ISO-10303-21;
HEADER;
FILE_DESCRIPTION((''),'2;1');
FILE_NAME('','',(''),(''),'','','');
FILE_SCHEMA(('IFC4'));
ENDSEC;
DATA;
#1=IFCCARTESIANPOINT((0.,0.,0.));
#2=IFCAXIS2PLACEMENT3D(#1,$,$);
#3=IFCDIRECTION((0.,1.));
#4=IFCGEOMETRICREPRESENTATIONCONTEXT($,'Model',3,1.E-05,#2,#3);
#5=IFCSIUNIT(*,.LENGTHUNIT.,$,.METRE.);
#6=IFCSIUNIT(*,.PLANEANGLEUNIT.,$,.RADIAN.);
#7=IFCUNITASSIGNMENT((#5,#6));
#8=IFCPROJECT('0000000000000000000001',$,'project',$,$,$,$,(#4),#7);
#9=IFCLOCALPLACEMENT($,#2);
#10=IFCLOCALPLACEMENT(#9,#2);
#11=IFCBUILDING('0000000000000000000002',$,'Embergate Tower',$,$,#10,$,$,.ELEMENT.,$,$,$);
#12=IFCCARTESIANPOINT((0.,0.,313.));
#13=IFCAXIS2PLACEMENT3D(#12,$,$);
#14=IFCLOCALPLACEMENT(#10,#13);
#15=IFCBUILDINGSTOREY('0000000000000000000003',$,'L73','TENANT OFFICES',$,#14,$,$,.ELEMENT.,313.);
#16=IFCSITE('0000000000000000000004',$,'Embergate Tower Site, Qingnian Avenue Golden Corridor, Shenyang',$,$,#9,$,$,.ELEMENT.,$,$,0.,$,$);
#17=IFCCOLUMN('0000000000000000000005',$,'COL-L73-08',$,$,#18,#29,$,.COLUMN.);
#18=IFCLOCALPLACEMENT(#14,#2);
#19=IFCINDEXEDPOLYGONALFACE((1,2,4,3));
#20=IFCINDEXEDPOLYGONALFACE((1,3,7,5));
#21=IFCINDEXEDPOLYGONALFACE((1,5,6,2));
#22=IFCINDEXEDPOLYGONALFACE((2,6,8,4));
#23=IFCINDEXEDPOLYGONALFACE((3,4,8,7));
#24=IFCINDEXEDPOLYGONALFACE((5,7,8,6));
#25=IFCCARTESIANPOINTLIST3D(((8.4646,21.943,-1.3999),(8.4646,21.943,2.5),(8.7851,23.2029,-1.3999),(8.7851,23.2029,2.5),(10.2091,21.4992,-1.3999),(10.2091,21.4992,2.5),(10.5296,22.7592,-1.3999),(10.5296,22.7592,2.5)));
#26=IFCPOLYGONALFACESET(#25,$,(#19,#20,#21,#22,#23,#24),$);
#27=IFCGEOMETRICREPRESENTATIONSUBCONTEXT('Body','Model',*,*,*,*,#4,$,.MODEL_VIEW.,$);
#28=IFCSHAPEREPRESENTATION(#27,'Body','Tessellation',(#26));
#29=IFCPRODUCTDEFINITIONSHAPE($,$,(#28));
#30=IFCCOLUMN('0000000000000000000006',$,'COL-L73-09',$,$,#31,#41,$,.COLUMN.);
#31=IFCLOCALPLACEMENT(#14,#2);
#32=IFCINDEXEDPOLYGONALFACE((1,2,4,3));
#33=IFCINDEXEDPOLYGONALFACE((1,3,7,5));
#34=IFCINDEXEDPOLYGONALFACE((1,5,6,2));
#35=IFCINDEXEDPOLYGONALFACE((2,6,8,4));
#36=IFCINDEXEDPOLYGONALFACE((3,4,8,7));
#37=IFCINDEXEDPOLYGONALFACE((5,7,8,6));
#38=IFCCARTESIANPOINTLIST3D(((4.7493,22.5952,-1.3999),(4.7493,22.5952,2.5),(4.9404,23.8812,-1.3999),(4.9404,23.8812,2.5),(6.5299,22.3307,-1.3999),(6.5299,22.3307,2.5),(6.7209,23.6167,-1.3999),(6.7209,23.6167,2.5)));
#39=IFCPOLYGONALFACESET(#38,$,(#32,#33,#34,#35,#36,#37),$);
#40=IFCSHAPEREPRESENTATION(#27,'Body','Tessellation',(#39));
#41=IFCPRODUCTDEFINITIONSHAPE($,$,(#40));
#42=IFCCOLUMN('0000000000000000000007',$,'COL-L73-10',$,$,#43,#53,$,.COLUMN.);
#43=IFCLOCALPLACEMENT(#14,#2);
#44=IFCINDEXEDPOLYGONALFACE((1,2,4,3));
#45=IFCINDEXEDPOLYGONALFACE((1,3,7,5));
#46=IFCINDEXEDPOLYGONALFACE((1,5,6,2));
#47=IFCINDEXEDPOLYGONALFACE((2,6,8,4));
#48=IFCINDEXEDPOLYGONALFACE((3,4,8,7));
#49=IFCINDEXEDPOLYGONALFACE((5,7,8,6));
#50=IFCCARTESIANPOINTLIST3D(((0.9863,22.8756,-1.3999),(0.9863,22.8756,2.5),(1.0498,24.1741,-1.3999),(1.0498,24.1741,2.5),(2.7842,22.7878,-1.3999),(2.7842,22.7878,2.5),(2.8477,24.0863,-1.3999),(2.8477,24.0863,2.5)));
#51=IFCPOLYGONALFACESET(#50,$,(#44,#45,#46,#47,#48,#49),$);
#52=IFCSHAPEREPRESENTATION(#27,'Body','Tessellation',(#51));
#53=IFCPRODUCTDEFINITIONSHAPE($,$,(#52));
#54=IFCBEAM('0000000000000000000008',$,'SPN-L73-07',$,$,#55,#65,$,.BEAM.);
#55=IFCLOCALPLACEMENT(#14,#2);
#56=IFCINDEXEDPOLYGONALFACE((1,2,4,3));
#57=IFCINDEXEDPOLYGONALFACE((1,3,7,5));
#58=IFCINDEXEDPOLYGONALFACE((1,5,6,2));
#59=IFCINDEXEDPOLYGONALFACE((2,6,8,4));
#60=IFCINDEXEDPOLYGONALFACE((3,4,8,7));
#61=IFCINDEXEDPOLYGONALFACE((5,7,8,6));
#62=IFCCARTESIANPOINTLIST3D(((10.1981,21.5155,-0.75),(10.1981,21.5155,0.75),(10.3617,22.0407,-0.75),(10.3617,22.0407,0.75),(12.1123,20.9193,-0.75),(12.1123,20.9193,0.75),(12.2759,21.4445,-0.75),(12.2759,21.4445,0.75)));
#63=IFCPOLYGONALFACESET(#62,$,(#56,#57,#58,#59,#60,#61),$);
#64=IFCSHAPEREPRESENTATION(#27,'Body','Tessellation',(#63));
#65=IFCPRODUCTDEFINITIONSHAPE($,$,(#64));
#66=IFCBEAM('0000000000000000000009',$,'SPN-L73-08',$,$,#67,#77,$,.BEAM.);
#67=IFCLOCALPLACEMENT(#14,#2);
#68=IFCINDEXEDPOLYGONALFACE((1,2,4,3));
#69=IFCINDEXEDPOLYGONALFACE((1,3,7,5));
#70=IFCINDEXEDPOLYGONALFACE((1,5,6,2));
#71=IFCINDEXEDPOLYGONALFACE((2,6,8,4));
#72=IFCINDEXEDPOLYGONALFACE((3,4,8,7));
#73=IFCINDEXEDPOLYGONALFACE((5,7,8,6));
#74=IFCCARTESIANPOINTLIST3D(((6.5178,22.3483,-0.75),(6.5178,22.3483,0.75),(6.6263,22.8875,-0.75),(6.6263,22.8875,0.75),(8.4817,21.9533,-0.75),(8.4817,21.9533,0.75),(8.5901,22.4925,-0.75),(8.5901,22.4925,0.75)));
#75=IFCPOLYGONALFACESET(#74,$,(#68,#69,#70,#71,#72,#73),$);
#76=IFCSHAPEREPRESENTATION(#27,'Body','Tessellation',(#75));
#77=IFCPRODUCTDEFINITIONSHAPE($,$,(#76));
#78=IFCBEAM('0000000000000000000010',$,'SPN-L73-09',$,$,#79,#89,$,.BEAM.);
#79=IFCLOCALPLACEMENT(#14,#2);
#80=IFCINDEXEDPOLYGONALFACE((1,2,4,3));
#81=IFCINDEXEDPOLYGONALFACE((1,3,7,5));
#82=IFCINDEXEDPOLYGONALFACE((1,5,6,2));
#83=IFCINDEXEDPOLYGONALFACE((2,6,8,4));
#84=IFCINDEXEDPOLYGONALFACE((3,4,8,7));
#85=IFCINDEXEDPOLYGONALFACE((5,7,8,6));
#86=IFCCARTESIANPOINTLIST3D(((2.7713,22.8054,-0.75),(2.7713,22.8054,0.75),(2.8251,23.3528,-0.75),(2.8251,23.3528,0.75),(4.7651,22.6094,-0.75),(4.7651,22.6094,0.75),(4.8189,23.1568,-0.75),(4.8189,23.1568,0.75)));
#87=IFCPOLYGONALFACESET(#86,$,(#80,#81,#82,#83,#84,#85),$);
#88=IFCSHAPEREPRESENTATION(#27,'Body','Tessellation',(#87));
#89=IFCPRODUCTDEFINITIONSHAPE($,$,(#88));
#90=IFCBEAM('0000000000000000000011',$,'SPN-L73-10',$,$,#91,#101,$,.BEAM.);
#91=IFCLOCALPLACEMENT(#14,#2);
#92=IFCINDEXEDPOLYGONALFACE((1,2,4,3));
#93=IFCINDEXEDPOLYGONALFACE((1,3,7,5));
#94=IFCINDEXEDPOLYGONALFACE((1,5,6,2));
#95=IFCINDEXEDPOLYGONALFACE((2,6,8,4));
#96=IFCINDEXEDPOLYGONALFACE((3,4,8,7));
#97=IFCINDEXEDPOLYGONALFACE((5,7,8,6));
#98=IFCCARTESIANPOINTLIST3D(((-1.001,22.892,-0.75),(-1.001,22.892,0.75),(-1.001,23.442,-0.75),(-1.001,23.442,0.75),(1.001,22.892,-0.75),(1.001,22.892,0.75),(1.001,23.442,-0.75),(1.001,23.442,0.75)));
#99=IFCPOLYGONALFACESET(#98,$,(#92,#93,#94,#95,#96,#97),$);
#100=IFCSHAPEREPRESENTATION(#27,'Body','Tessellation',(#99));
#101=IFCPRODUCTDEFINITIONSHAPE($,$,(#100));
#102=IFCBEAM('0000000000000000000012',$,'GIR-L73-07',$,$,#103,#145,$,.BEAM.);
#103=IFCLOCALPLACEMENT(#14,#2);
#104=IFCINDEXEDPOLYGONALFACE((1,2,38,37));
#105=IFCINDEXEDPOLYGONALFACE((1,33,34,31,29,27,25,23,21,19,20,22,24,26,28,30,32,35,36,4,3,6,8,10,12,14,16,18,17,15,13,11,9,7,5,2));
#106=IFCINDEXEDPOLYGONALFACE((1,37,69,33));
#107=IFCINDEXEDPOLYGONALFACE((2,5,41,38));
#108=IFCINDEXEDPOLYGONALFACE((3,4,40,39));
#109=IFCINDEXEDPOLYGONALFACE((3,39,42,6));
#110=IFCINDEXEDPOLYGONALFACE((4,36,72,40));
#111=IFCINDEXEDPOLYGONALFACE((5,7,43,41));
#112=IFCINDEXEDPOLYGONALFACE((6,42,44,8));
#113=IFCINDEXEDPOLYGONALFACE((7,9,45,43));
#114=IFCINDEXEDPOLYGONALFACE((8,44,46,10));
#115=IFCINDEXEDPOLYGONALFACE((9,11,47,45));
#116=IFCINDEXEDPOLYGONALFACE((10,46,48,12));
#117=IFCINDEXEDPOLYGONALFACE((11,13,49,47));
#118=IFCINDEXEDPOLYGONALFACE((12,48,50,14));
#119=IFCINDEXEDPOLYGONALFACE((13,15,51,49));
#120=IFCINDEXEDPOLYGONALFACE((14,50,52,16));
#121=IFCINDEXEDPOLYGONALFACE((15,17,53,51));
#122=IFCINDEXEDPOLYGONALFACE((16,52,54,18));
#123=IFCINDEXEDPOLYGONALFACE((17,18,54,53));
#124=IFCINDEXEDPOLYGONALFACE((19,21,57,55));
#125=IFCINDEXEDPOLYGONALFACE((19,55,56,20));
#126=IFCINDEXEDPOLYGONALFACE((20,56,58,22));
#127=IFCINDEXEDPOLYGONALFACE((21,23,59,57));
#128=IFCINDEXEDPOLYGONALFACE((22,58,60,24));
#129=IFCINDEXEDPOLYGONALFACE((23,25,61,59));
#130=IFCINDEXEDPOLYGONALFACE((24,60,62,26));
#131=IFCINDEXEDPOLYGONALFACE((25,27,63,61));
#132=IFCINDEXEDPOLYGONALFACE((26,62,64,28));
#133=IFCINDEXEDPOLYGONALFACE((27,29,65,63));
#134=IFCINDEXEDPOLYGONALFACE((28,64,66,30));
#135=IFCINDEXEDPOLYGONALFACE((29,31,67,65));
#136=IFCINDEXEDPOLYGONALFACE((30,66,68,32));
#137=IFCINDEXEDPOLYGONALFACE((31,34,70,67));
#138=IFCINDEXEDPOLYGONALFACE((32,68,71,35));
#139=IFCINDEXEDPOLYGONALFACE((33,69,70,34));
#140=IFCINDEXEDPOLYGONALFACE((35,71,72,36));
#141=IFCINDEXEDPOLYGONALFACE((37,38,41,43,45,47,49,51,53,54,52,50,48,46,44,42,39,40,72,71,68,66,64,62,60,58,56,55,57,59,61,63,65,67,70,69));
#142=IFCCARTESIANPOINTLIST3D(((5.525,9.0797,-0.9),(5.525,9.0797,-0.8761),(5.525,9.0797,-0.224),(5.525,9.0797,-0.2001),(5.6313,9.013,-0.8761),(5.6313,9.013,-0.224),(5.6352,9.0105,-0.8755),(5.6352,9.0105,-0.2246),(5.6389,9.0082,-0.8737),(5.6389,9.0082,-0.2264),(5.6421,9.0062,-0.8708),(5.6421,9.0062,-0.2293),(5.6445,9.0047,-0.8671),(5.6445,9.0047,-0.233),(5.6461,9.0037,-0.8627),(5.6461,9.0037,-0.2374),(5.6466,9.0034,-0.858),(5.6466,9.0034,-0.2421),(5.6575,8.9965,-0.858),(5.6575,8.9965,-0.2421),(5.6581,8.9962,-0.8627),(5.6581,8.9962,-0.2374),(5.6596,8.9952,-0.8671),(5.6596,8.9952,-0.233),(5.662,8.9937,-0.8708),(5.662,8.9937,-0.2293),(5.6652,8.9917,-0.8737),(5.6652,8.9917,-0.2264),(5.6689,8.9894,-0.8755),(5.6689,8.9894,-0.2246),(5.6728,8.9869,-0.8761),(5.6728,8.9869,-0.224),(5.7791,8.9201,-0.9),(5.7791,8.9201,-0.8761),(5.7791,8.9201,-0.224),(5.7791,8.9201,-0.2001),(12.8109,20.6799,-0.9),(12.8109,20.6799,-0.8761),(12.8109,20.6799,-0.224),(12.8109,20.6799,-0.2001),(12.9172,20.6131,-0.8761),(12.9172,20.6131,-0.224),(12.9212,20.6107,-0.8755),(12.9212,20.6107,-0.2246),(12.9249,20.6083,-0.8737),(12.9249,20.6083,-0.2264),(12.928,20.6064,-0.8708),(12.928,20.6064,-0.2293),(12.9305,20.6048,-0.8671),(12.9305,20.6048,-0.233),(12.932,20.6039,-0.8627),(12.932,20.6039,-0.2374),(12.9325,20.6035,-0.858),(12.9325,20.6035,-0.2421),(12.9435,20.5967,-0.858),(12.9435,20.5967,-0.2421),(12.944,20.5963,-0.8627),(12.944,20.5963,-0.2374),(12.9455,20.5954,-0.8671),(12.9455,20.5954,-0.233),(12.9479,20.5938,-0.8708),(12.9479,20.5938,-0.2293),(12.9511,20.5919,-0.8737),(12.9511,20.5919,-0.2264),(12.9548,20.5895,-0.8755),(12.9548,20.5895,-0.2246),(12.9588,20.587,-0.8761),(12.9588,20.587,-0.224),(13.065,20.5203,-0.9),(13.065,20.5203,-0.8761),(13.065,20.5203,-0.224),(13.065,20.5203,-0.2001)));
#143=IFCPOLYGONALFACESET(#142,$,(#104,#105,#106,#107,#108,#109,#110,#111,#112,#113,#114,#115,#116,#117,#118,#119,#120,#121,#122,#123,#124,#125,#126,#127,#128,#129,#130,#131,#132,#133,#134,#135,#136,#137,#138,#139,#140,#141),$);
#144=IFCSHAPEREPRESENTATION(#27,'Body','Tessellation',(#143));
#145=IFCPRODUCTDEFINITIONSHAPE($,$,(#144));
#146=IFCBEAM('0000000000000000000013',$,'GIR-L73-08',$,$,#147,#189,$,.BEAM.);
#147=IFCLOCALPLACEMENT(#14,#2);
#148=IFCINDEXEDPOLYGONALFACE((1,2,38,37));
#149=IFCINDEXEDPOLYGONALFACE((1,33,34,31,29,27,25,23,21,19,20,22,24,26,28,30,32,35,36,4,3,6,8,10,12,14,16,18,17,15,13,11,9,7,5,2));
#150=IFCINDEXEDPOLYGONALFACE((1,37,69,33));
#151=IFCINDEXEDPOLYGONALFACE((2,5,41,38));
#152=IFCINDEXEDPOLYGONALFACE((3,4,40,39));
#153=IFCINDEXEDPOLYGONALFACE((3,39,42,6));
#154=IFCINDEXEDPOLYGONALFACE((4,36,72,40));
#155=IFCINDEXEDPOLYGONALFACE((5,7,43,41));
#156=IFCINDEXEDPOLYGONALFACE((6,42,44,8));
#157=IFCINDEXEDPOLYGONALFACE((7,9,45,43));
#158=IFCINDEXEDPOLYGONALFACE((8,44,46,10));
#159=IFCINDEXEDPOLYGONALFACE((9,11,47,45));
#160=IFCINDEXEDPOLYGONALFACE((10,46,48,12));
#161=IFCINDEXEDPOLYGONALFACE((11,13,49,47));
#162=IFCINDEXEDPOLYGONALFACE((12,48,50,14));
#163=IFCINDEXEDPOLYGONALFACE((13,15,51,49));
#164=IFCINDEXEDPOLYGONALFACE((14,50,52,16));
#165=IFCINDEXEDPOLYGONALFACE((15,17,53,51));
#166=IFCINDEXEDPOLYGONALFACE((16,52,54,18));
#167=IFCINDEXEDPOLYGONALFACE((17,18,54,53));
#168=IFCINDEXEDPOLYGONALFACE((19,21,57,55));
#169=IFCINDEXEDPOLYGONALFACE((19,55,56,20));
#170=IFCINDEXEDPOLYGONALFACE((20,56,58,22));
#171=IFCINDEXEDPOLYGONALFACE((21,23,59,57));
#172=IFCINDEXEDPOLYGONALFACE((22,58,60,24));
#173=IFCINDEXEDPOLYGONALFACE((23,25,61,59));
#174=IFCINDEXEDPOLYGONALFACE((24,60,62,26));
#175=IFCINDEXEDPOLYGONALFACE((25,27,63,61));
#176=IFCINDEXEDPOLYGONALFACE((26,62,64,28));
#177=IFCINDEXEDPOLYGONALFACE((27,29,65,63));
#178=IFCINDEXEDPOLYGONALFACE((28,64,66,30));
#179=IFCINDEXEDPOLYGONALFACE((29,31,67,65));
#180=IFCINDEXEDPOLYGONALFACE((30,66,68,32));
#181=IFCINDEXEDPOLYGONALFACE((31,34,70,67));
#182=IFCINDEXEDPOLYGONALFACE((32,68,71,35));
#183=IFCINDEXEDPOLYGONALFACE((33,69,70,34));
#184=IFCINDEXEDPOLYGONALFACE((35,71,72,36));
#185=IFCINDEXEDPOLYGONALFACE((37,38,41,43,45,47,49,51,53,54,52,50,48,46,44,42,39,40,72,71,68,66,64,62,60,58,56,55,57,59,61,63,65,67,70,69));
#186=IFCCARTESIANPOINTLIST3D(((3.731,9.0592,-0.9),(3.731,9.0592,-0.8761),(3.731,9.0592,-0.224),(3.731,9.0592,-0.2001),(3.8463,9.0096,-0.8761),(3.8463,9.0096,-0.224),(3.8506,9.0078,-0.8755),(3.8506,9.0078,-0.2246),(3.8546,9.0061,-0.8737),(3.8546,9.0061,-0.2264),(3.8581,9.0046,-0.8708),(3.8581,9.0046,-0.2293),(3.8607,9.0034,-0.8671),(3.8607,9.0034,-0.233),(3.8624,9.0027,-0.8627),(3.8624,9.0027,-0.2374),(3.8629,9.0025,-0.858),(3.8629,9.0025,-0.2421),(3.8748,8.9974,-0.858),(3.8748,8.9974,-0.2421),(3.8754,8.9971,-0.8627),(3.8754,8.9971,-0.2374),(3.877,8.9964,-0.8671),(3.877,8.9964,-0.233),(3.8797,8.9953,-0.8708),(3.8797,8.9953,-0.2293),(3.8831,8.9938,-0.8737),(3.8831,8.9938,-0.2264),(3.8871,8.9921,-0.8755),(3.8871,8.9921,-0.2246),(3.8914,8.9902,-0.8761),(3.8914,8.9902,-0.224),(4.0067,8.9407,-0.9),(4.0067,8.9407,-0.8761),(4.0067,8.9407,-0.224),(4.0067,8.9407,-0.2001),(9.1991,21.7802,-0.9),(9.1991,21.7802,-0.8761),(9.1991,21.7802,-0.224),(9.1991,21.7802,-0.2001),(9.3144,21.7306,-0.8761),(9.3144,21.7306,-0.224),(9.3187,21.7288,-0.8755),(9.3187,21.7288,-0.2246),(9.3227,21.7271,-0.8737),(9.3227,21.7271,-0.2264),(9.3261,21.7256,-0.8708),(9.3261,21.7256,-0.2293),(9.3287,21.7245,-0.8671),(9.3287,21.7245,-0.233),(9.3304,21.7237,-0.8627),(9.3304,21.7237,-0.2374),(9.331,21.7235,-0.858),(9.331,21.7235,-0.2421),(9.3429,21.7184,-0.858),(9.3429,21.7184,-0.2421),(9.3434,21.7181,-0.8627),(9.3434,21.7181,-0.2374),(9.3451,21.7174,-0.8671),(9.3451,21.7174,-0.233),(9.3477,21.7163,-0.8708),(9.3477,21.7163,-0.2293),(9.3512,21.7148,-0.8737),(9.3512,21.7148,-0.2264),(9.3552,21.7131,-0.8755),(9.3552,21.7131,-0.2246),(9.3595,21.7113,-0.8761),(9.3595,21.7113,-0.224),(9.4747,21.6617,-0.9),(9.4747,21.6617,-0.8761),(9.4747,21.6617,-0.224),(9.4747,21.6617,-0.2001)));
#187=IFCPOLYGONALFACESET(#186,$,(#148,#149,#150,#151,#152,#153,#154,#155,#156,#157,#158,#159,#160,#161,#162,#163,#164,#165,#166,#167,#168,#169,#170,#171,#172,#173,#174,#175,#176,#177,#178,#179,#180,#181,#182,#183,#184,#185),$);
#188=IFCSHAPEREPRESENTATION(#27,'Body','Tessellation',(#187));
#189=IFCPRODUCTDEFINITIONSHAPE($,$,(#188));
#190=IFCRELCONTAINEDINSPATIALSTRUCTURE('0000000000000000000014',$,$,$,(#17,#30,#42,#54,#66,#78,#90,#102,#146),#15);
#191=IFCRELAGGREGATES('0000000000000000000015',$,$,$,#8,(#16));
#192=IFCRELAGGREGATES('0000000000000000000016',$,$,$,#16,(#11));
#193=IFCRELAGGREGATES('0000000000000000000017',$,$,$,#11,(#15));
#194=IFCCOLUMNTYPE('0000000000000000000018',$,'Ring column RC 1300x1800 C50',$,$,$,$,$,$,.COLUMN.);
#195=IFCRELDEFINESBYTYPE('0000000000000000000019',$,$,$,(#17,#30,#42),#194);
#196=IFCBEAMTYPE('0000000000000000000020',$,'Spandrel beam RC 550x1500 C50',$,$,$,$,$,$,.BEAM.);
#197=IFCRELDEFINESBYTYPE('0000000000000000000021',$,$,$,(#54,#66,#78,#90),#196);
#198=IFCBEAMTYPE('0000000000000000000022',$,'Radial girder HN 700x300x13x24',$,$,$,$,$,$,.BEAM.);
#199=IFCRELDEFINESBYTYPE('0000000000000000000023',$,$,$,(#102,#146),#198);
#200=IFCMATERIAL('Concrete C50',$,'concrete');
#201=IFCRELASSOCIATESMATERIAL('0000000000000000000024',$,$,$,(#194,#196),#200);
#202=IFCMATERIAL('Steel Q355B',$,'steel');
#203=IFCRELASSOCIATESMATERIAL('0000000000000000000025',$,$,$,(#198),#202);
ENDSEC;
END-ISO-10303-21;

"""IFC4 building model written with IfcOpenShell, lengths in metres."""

from ifc_helpers import new_model, si_unit, direction, frame, origin, origin_2d, place, context, subcontext, project, spatial, rectangle, i_section, extrude, source, transform, mapped, material, material_profile, profile_set, type_object, element, save


model = new_model("IFC4")

# Units and contexts
model_context = context("Model", 3, precision=1e-05, world=origin(), true_north=direction((0.0, 1.0)))
body_context = subcontext(model_context, "Body", "Model", "MODEL_VIEW")
ifc_project = project(units=[si_unit("LENGTHUNIT", "METRE"), si_unit("PLANEANGLEUNIT", "RADIAN")], contexts=[model_context])

# Site, building, storey
site_placement = place(None, origin())
site = spatial("IfcSite", under=ifc_project, at=site_placement, Name="Embergate Tower Site, Qingnian Avenue Golden Corridor, Shenyang", CompositionType="ELEMENT", RefElevation=0.0)
building_placement = place(site_placement, origin())
building = spatial("IfcBuilding", under=site, at=building_placement, Name="Embergate Tower", CompositionType="ELEMENT")
storey_placement = place(building_placement, frame((0.0, 0.0, 313.0)))
storey = spatial("IfcBuildingStorey", under=building, at=storey_placement, Name="L73", Description="TENANT OFFICES", CompositionType="ELEMENT", Elevation=313.0)

# Columns
ifc_material_1 = material(Name="Concrete C50", Category="concrete")
ifc_material_profile_1 = material_profile(ifc_material_1, rectangle(XDim=1.3, YDim=1.8, at=origin_2d()), Name="RC 1300x1800")
ifc_profile_set_1 = profile_set([ifc_material_profile_1], Name="Concrete C50")
column_type = type_object("IfcColumnType", Name="Ring column RC 1300x1800 C50", PredefinedType="COLUMN", material=ifc_profile_set_1)
shared_shape_1 = source(origin(), body_context, "Body", "SweptSolid", [
    extrude(rectangle(XDim=1.3, YDim=1.8, at=origin_2d()), origin(), (0.0, 0.0, 1.0), 3.8999),
])
for number, where, z_axis, x_axis, name in (
    (1, (9.4971, 22.3511, -1.3999), (0.0, 0.0, 1.0), (0.246509, 0.969141, 0.0), "COL-L73-08"),
    (2, (5.7351, 23.106, -1.3999), (0.0, 0.0, 1.0), (0.146929, 0.989147, 0.0), "COL-L73-09"),
    (3, (1.917, 23.481, -1.3999), (0.0, 0.0, 1.0), (0.048815, 0.998808, 0.0), "COL-L73-10"),
):
    element("IfcColumn", number, at=place(storey_placement, frame(where, z_axis=z_axis, x_axis=x_axis)), inside=storey, type_object=column_type, Name=name, PredefinedType="COLUMN", context=body_context, shape_type="MappedRepresentation", body=[
        mapped(shared_shape_1, transform((0.0, 0.0, 0.0))),
    ])

# Beams
ifc_material_profile_2 = material_profile(ifc_material_1, rectangle(XDim=0.55, YDim=1.5, at=origin_2d()), Name="RC 550x1500")
ifc_profile_set_2 = profile_set([ifc_material_profile_2], Name="Concrete C50")
beam_type_1 = type_object("IfcBeamType", Name="Spandrel beam RC 550x1500 C50", PredefinedType="BEAM", material=ifc_profile_set_2)
shared_shape_2 = source(origin(), body_context, "Body", "SweptSolid", [
    extrude(rectangle(XDim=0.55, YDim=1.5, at=origin_2d()), origin(), (0.0, 0.0, 1.0), 2.0049),
])
beam_1_placement = place(storey_placement, frame((12.1941, 21.1819, 0.0), z_axis=(-0.954757, 0.297387, 0.0), x_axis=(-0.297387, -0.954757, 0.0)))
element("IfcBeam", 4, at=beam_1_placement, inside=storey, type_object=beam_type_1, Name="SPN-L73-07", PredefinedType="BEAM", context=body_context, shape_type="MappedRepresentation", body=[
    mapped(shared_shape_2, transform((0.0, 0.0, 0.0))),
])
shared_shape_3 = source(origin(), body_context, "Body", "SweptSolid", [
    extrude(rectangle(XDim=0.55, YDim=1.5, at=origin_2d()), origin(), (0.0, 0.0, 1.0), 2.0032),
])
beam_2_placement = place(storey_placement, frame((8.5359, 22.2229, 0.0), z_axis=(-0.980364, 0.197194, 0.0), x_axis=(-0.197194, -0.980364, 0.0)))
element("IfcBeam", 5, at=beam_2_placement, inside=storey, type_object=beam_type_1, Name="SPN-L73-08", PredefinedType="BEAM", context=body_context, shape_type="MappedRepresentation", body=[
    mapped(shared_shape_3, transform((0.0, 0.0, 0.0))),
])
shared_shape_4 = source(origin(), body_context, "Body", "SweptSolid", [
    extrude(rectangle(XDim=0.55, YDim=1.5, at=origin_2d()), origin(), (0.0, 0.0, 1.0), 2.0034),
])
beam_3_placement = place(storey_placement, frame((4.792, 22.8831, 0.0), z_axis=(-0.995201, 0.097851, 0.0), x_axis=(-0.097851, -0.995201, 0.0)))
element("IfcBeam", 6, at=beam_3_placement, inside=storey, type_object=beam_type_1, Name="SPN-L73-09", PredefinedType="BEAM", context=body_context, shape_type="MappedRepresentation", body=[
    mapped(shared_shape_4, transform((0.0, 0.0, 0.0))),
])
shared_shape_5 = source(origin(), body_context, "Body", "SweptSolid", [
    extrude(rectangle(XDim=0.55, YDim=1.5, at=origin_2d()), origin(), (0.0, 0.0, 1.0), 2.002),
])
beam_4_placement = place(storey_placement, frame((1.001, 23.167, 0.0), z_axis=(-1.0, 0.0, 0.0), x_axis=(0.0, -1.0, 0.0)))
element("IfcBeam", 7, at=beam_4_placement, inside=storey, type_object=beam_type_1, Name="SPN-L73-10", PredefinedType="BEAM", context=body_context, shape_type="MappedRepresentation", body=[
    mapped(shared_shape_5, transform((0.0, 0.0, 0.0))),
])
ifc_material_2 = material(Name="Steel Q355B", Category="steel")
ifc_material_profile_3 = material_profile(ifc_material_2, i_section(OverallWidth=0.3, OverallDepth=0.7, WebThickness=0.0129, FlangeThickness=0.0239, FilletRadius=0.0181, at=origin_2d()), Name="HN 700x300x13x24")
ifc_profile_set_3 = profile_set([ifc_material_profile_3], Name="Steel Q355 grade B")
beam_type_2 = type_object("IfcBeamType", Name="Radial girder HN 700x300x13x24", PredefinedType="BEAM", material=ifc_profile_set_3)
shared_shape_6 = source(origin(), body_context, "Body", "SweptSolid", [
    extrude(i_section(OverallWidth=0.3, OverallDepth=0.7, WebThickness=0.0129, FlangeThickness=0.0239, FilletRadius=0.0181, at=origin_2d()), origin(), (0.0, 0.0, 1.0), 13.6985),
])
beam_5_placement = place(storey_placement, frame((12.938, 20.6001, -0.55), z_axis=(-0.531878, -0.846821, 0.0), x_axis=(0.846821, -0.531878, 0.0)))
element("IfcBeam", 8, at=beam_5_placement, inside=storey, type_object=beam_type_2, Name="GIR-L73-07", PredefinedType="BEAM", context=body_context, shape_type="MappedRepresentation", body=[
    mapped(shared_shape_6, transform((0.0, 0.0, 0.0))),
])
shared_shape_7 = source(origin(), body_context, "Body", "SweptSolid", [
    extrude(i_section(OverallWidth=0.3, OverallDepth=0.7, WebThickness=0.0129, FlangeThickness=0.0239, FilletRadius=0.0181, at=origin_2d()), origin(), (0.0, 0.0, 1.0), 13.8464),
])
beam_6_placement = place(storey_placement, frame((9.3369, 21.7209, -0.55), z_axis=(-0.394906, -0.918721, 0.0), x_axis=(0.918721, -0.394906, 0.0)))
element("IfcBeam", 9, at=beam_6_placement, inside=storey, type_object=beam_type_2, Name="GIR-L73-08", PredefinedType="BEAM", context=body_context, shape_type="MappedRepresentation", body=[
    mapped(shared_shape_7, transform((0.0, 0.0, 0.0))),
])

save(model, "model.ifc")
